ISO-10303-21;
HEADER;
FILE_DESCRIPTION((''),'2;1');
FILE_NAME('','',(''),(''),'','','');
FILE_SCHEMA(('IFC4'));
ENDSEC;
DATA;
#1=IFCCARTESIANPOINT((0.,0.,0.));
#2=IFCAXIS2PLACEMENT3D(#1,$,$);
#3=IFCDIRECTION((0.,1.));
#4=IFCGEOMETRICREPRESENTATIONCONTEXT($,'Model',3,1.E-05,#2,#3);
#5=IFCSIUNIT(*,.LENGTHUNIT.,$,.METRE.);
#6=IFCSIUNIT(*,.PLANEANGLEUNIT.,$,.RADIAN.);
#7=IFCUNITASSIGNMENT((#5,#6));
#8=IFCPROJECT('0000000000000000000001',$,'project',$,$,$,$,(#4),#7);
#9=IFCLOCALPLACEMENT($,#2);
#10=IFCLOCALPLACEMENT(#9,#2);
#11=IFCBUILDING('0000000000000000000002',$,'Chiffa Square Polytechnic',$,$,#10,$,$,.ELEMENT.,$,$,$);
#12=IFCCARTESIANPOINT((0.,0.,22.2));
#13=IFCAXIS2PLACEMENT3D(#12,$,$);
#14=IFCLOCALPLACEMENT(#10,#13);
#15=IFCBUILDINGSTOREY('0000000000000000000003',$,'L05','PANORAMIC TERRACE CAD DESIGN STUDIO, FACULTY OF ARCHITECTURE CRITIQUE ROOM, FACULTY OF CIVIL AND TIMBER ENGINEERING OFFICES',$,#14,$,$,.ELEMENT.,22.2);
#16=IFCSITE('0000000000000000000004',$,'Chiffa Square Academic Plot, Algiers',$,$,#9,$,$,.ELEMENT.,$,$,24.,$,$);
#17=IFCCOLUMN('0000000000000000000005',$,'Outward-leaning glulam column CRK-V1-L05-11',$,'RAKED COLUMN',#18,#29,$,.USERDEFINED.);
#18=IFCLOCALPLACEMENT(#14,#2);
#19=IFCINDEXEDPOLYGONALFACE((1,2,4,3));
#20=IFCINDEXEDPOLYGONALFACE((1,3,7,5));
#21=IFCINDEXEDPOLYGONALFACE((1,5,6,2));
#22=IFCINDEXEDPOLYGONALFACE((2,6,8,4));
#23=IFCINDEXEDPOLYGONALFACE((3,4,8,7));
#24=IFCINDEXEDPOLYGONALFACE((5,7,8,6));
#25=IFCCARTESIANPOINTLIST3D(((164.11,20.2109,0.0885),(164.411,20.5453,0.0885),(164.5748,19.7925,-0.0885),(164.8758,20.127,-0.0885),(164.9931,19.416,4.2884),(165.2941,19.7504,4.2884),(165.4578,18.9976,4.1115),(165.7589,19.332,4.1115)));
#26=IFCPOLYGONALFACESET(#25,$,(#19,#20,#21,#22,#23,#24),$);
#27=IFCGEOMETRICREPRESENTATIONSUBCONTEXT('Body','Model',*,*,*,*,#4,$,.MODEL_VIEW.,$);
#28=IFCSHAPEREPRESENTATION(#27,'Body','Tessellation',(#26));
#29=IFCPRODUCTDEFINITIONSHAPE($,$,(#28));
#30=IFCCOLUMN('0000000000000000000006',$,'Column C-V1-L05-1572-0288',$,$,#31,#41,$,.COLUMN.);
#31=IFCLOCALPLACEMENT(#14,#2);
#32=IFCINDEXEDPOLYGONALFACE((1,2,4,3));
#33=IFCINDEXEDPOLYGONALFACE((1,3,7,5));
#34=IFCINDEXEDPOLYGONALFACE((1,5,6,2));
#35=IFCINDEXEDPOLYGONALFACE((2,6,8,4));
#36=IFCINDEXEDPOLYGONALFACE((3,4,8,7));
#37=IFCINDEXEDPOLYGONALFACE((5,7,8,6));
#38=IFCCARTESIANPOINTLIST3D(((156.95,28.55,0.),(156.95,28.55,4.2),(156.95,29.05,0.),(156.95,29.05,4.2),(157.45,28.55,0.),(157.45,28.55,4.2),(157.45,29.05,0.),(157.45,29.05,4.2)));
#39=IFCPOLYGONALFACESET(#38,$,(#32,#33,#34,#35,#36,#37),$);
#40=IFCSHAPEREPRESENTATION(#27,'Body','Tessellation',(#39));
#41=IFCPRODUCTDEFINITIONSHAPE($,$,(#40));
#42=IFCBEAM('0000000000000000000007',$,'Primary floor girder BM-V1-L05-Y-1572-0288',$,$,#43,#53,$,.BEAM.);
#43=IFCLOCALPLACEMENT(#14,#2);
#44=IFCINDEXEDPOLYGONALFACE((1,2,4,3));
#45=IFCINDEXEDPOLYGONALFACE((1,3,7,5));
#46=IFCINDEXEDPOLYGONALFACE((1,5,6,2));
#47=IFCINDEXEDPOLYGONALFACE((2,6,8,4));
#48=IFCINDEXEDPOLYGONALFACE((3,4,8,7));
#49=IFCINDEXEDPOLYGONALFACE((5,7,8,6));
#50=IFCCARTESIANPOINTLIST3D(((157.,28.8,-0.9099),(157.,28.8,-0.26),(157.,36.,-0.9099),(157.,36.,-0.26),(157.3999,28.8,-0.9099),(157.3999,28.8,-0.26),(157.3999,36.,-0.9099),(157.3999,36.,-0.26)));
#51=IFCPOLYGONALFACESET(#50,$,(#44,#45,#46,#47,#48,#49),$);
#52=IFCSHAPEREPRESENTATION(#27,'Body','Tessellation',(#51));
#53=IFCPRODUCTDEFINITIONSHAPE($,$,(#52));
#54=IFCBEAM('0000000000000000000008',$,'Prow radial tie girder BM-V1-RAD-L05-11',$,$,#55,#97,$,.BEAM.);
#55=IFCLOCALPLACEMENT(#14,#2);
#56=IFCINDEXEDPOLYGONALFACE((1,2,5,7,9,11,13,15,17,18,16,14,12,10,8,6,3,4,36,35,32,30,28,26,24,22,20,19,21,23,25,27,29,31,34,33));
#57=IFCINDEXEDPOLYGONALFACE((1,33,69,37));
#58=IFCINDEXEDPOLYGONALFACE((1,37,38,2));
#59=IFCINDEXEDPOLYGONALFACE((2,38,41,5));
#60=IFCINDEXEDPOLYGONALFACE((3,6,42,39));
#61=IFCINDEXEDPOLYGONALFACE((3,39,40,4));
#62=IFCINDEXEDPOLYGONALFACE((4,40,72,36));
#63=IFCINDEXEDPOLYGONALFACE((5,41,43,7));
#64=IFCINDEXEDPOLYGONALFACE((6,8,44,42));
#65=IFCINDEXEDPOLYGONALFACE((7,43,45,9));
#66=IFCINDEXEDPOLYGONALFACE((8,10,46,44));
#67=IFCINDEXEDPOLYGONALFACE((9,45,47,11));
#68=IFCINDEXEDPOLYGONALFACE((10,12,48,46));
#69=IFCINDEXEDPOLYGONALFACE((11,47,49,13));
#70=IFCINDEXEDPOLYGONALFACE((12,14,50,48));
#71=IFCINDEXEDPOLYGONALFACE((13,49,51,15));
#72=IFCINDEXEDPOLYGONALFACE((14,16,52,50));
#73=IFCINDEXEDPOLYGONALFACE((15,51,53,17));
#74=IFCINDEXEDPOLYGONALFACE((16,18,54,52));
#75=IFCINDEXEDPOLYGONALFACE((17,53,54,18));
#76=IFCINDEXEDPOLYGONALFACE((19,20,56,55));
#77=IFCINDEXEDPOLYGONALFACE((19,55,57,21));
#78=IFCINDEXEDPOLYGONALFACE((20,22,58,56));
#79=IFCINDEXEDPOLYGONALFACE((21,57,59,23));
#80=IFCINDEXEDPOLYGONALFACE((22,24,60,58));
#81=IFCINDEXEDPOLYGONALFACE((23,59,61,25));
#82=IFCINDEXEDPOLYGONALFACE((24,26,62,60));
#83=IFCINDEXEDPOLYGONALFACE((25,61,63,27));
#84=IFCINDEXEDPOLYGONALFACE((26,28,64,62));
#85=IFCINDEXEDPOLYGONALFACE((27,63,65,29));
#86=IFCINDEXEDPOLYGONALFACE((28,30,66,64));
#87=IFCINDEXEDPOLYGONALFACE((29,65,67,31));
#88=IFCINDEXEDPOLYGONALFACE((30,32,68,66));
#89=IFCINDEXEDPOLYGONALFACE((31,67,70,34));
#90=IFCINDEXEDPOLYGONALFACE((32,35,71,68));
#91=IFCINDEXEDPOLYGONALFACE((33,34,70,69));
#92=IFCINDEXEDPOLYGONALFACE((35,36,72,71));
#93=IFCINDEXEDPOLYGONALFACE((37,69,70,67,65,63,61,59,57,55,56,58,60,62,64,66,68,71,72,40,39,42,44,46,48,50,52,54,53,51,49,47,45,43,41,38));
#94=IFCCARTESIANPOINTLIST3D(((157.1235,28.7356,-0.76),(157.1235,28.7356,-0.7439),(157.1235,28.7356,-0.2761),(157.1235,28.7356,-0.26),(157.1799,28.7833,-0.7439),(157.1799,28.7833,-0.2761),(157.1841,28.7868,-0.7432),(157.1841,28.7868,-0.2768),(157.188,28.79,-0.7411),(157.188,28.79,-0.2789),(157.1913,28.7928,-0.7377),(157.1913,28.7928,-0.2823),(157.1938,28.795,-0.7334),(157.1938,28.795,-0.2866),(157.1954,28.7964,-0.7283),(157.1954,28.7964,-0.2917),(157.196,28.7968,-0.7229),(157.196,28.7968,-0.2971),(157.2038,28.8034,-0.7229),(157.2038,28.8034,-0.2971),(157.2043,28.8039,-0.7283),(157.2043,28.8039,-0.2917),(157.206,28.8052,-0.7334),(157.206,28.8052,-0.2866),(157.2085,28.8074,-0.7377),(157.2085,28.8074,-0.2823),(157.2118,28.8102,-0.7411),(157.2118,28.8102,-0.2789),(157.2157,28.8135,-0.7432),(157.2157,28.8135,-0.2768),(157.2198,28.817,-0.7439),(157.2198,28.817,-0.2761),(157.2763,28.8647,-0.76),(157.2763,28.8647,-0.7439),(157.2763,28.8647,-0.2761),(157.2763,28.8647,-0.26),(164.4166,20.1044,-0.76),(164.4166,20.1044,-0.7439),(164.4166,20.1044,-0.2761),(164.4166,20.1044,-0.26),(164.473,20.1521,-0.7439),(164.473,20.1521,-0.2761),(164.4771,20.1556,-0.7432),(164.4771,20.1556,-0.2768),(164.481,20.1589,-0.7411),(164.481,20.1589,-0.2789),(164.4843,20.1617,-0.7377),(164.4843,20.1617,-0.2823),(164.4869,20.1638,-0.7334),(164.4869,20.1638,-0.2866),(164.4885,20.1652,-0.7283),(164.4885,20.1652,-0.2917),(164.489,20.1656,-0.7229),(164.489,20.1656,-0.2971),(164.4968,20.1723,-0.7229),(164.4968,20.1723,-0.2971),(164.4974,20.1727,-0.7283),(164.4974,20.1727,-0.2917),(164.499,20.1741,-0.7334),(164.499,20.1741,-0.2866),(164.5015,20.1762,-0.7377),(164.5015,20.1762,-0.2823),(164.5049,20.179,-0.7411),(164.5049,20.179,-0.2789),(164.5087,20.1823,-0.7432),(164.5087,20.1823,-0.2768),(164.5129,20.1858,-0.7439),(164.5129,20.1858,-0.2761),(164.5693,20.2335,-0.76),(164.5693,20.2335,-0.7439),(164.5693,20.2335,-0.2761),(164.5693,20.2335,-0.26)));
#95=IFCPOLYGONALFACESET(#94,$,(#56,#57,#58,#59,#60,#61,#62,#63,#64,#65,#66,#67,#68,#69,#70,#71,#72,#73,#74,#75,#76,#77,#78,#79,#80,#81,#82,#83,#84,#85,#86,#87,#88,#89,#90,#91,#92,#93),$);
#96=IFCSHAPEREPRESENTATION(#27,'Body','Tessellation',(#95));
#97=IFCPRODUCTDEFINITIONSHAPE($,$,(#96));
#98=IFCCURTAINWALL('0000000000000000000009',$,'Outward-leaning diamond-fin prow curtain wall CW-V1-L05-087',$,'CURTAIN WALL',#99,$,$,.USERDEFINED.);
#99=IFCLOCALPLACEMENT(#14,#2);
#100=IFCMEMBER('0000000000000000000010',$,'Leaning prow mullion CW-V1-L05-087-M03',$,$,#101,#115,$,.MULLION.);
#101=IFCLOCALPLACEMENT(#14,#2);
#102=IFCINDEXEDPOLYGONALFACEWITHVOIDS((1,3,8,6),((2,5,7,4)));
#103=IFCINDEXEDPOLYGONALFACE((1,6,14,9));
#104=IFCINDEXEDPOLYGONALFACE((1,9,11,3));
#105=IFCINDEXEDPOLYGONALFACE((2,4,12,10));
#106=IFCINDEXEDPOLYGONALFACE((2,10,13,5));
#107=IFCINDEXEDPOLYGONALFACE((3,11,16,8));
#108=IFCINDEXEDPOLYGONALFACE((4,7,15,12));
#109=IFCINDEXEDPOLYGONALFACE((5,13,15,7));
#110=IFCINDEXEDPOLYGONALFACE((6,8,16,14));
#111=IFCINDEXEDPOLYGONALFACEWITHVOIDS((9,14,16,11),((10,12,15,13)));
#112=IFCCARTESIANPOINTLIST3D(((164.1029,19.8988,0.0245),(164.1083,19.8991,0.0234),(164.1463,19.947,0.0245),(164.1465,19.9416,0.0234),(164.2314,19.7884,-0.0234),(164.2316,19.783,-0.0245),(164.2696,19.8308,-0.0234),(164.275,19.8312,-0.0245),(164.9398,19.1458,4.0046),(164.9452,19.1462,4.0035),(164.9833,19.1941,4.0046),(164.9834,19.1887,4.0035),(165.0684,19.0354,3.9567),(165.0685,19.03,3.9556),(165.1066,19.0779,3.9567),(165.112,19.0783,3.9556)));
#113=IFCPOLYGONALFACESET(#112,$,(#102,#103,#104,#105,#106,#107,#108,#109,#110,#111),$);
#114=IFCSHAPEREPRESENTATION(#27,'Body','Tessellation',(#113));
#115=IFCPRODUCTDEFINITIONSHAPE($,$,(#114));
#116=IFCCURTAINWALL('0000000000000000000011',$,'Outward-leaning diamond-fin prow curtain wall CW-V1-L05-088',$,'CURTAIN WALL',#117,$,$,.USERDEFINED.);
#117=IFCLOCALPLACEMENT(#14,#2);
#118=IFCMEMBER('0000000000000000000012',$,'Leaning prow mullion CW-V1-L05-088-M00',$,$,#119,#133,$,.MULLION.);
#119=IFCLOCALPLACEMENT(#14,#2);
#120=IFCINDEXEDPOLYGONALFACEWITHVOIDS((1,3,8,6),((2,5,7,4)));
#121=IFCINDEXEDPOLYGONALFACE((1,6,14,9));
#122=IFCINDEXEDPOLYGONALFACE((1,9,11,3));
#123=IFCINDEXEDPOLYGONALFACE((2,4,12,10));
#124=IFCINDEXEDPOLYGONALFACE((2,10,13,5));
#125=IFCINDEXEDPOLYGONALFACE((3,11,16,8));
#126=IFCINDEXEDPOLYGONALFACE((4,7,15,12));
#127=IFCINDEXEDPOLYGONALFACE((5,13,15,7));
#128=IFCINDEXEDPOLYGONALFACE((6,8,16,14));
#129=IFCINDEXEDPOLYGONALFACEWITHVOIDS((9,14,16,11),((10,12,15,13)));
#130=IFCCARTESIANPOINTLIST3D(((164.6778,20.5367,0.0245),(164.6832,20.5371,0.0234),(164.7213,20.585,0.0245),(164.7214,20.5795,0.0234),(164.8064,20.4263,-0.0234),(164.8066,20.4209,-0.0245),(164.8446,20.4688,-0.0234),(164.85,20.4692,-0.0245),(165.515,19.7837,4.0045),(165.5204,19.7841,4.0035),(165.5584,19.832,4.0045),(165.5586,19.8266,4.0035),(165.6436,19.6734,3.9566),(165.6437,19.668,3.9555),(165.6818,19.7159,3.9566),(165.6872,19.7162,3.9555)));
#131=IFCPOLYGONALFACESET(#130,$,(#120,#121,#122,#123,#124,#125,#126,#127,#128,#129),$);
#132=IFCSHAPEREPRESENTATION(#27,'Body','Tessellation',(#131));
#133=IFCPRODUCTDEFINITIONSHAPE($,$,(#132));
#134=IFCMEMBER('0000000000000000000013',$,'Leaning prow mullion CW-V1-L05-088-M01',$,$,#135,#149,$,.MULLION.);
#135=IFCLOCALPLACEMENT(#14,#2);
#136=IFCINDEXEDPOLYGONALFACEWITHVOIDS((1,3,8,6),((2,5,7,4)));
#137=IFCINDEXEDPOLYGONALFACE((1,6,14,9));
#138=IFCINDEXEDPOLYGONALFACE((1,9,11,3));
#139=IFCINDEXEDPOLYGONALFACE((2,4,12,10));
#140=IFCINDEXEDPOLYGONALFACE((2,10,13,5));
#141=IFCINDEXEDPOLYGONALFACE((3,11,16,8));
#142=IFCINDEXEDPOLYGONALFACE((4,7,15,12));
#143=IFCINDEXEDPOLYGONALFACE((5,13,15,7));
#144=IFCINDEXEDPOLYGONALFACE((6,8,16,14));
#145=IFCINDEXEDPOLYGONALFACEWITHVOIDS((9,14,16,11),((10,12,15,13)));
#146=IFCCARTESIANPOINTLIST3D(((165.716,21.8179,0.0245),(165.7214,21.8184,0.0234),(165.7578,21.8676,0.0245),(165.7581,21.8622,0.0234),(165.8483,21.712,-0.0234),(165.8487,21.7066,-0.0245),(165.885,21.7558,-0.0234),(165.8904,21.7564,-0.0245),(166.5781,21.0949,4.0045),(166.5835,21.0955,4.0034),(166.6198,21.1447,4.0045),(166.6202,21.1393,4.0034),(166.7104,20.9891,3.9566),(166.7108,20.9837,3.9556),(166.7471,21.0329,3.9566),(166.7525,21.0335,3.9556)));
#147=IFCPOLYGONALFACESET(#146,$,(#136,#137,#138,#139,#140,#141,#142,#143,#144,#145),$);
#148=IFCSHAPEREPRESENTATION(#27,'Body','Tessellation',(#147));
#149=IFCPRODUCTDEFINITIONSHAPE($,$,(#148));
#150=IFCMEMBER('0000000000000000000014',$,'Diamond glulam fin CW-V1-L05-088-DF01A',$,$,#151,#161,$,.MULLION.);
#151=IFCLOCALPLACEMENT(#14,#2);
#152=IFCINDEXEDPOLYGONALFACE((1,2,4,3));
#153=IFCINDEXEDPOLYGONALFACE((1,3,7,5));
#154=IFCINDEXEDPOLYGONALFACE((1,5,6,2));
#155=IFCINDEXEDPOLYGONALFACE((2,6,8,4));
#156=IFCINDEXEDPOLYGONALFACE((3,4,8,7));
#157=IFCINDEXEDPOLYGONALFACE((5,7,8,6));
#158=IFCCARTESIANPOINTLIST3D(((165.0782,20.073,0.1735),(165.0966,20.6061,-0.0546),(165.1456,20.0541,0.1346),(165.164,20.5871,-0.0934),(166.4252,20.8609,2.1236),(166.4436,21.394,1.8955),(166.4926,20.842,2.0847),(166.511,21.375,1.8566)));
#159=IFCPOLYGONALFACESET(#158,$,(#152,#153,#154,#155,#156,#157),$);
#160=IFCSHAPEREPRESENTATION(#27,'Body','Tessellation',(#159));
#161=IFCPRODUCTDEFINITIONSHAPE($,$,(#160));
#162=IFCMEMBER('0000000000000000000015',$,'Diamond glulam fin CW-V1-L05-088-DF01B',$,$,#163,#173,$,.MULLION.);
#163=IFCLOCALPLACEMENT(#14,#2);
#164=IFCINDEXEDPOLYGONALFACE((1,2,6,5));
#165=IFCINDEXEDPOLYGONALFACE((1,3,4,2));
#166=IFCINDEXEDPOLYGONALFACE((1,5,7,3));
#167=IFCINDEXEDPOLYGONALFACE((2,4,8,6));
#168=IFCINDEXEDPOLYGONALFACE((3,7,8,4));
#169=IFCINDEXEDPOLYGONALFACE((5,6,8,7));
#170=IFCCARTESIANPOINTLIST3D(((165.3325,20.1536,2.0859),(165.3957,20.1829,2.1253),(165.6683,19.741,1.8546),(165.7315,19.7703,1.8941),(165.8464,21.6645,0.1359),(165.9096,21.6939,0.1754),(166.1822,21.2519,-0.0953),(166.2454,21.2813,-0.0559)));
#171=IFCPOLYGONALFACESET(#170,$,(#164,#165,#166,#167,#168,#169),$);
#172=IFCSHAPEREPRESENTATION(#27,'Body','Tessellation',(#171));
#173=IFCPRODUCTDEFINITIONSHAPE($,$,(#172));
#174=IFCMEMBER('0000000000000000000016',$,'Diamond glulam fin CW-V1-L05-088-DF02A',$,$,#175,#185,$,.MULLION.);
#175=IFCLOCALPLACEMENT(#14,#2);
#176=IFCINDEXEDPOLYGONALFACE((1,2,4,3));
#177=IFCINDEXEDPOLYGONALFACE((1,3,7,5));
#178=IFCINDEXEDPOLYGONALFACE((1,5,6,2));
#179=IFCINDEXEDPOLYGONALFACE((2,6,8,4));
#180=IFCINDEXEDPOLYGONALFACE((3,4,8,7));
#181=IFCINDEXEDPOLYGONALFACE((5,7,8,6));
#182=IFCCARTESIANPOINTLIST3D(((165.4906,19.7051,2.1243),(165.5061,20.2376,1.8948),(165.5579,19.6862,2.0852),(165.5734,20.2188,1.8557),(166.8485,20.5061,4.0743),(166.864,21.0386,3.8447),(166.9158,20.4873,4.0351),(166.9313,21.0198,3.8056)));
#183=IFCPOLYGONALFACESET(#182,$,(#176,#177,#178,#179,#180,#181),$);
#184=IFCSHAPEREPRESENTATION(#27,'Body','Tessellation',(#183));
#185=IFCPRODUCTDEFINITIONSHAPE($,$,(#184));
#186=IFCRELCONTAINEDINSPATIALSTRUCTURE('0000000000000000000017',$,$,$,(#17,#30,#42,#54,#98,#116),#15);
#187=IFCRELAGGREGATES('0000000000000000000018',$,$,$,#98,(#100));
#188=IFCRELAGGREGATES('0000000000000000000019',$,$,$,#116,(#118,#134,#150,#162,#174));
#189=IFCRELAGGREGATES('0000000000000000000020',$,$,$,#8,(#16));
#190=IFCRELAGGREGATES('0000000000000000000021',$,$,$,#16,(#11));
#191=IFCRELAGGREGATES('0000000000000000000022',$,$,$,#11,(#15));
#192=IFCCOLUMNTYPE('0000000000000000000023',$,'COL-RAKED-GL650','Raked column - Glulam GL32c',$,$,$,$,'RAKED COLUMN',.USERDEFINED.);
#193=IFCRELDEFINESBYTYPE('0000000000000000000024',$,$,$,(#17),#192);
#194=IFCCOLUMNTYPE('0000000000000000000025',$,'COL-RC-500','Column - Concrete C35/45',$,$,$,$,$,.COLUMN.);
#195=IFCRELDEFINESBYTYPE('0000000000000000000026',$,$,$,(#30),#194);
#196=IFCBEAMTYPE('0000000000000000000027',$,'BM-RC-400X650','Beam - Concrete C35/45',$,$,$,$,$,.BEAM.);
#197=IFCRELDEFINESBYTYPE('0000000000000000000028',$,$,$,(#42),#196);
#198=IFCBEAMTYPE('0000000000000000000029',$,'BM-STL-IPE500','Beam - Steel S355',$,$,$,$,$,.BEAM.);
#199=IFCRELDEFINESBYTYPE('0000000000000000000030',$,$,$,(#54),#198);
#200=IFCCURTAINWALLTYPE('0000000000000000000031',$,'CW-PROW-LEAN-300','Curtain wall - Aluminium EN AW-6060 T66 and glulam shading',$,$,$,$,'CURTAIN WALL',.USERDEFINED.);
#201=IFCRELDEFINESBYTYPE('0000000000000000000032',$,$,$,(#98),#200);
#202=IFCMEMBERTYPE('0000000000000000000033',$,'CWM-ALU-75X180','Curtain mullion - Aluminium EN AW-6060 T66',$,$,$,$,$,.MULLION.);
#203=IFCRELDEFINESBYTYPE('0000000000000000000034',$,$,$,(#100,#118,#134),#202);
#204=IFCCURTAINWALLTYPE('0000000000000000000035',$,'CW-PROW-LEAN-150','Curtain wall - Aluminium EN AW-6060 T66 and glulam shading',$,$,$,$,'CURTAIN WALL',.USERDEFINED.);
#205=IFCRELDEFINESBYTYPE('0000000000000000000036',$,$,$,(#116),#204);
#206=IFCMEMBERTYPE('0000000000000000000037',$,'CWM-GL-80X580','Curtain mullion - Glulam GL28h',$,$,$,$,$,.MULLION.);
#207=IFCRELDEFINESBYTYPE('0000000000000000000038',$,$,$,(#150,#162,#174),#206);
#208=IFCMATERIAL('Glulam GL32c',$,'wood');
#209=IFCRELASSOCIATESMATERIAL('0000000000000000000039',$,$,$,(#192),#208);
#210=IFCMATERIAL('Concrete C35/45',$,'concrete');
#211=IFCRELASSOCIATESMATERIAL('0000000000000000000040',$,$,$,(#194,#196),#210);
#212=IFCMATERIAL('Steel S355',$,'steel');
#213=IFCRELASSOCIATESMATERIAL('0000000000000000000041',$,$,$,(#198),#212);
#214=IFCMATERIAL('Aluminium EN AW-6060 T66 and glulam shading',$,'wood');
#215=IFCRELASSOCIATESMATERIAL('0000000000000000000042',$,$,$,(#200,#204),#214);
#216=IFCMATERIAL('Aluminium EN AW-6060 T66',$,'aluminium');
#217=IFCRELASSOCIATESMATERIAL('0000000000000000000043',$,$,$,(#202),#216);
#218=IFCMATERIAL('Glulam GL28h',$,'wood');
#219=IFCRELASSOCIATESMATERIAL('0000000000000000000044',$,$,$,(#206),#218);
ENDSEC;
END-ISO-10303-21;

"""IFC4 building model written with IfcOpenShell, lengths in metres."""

from ifc_helpers import new_model, si_unit, direction, frame, origin, origin_2d, place, context, subcontext, project, spatial, rectangle, hollow_rectangle, i_section, extrude, material, material_profile, profile_set, type_object, element, aggregate, save


model = new_model("IFC4")

# Units and contexts
model_context = context("Model", 3, precision=1e-05, world=origin(), true_north=direction((0.0, 1.0)))
body_context = subcontext(model_context, "Body", "Model", "MODEL_VIEW")
ifc_project = project(units=[si_unit("LENGTHUNIT", "METRE"), si_unit("PLANEANGLEUNIT", "RADIAN")], contexts=[model_context])

# Site, building, storey
site_placement = place(None, origin())
site = spatial("IfcSite", under=ifc_project, at=site_placement, Name="Chiffa Square Academic Plot, Algiers", CompositionType="ELEMENT", RefElevation=24.0)
building_placement = place(site_placement, origin())
building = spatial("IfcBuilding", under=site, at=building_placement, Name="Chiffa Square Polytechnic", CompositionType="ELEMENT")
storey_placement = place(building_placement, frame((0.0, 0.0, 22.2)))
storey = spatial("IfcBuildingStorey", under=building, at=storey_placement, Name="L05", Description="PANORAMIC TERRACE CAD DESIGN STUDIO, FACULTY OF ARCHITECTURE CRITIQUE ROOM, FACULTY OF CIVIL AND TIMBER ENGINEERING OFFICES", CompositionType="ELEMENT", Elevation=22.2)

# Columns
ifc_material_1 = material(Name="Glulam GL32c", Category="wood")
ifc_material_profile_1 = material_profile(ifc_material_1, rectangle(XDim=0.45, YDim=0.6499, at=origin_2d()), Name="GL32c 450x650")
ifc_profile_set_1 = profile_set([ifc_material_profile_1], Name="Glulam GL32c")
column_type_1 = type_object("IfcColumnType", Name="COL-RAKED-GL650", Description="Raked column - Glulam GL32c", ElementType="RAKED COLUMN", PredefinedType="USERDEFINED", material=ifc_profile_set_1)
column_1_placement = place(storey_placement, frame((164.4929, 20.1689, 0.0), z_axis=(0.202314, -0.182122, 0.962237), x_axis=(0.669044, 0.743223, 0.0)))
element("IfcColumn", 1, at=column_1_placement, inside=storey, type_object=column_type_1, Name="Outward-leaning glulam column CRK-V1-L05-11", ObjectType="RAKED COLUMN", PredefinedType="USERDEFINED", context=body_context, shape_type="SweptSolid", body=[
    extrude(rectangle(XDim=0.45, YDim=0.6499, at=origin_2d()), origin(), (0.0, 0.0, 1.0), 4.3647),
])
ifc_material_2 = material(Name="Concrete C35/45", Category="concrete")
ifc_material_profile_2 = material_profile(ifc_material_2, rectangle(XDim=0.5, YDim=0.5, at=origin_2d()), Name="RC 500x500")
ifc_profile_set_2 = profile_set([ifc_material_profile_2], Name="Concrete C35/45")
column_type_2 = type_object("IfcColumnType", Name="COL-RC-500", Description="Column - Concrete C35/45", PredefinedType="COLUMN", material=ifc_profile_set_2)
column_2_placement = place(storey_placement, frame((157.2, 28.8, 0.0), z_axis=(0.0, 0.0, 1.0), x_axis=(1.0, 0.0, 0.0)))
element("IfcColumn", 2, at=column_2_placement, inside=storey, type_object=column_type_2, Name="Column C-V1-L05-1572-0288", PredefinedType="COLUMN", context=body_context, shape_type="SweptSolid", body=[
    extrude(rectangle(XDim=0.5, YDim=0.5, at=origin_2d()), origin(), (0.0, 0.0, 1.0), 4.2),
])

# Beams
ifc_material_profile_3 = material_profile(ifc_material_2, rectangle(XDim=0.3999, YDim=0.6499, at=origin_2d()), Name="RC 400x650")
ifc_profile_set_3 = profile_set([ifc_material_profile_3], Name="Concrete C35/45")
beam_type_1 = type_object("IfcBeamType", Name="BM-RC-400X650", Description="Beam - Concrete C35/45", PredefinedType="BEAM", material=ifc_profile_set_3)
beam_1_placement = place(storey_placement, frame((157.2, 28.8, -0.585), z_axis=(0.0, 1.0, 0.0), x_axis=(-1.0, 0.0, 0.0)))
element("IfcBeam", 3, at=beam_1_placement, inside=storey, type_object=beam_type_1, Name="Primary floor girder BM-V1-L05-Y-1572-0288", PredefinedType="BEAM", context=body_context, shape_type="SweptSolid", body=[
    extrude(rectangle(XDim=0.3999, YDim=0.6499, at=origin_2d()), origin(), (0.0, 0.0, 1.0), 7.2),
])
ifc_material_3 = material(Name="Steel S355", Category="steel")
ifc_material_profile_4 = material_profile(ifc_material_3, i_section(OverallWidth=0.2, OverallDepth=0.5, WebThickness=0.0103, FlangeThickness=0.0161, FilletRadius=0.021, at=origin_2d()), Name="IPE 500")
ifc_profile_set_4 = profile_set([ifc_material_profile_4], Name="Steel S355")
beam_type_2 = type_object("IfcBeamType", Name="BM-STL-IPE500", Description="Beam - Steel S355", PredefinedType="BEAM", material=ifc_profile_set_4)
beam_2_placement = place(storey_placement, frame((164.4929, 20.1689, -0.51), z_axis=(-0.645412, 0.763834, 0.0), x_axis=(-0.763834, -0.645412, 0.0)))
element("IfcBeam", 4, at=beam_2_placement, inside=storey, type_object=beam_type_2, Name="Prow radial tie girder BM-V1-RAD-L05-11", PredefinedType="BEAM", context=body_context, shape_type="SweptSolid", body=[
    extrude(i_section(OverallWidth=0.2, OverallDepth=0.5, WebThickness=0.0103, FlangeThickness=0.0161, FilletRadius=0.021, at=origin_2d()), origin(), (0.0, 0.0, 1.0), 11.2998),
])

# Curtain wall, member
ifc_material_4 = material(Name="Aluminium EN AW-6060 T66 and glulam shading", Category="wood")
curtain_wall_type_1 = type_object("IfcCurtainWallType", Name="CW-PROW-LEAN-300", Description="Curtain wall - Aluminium EN AW-6060 T66 and glulam shading", ElementType="CURTAIN WALL", PredefinedType="USERDEFINED", material=ifc_material_4)
curtain_wall_1_placement = place(storey_placement, origin())
curtain_wall_1 = element("IfcCurtainWall", 5, at=curtain_wall_1_placement, inside=storey, type_object=curtain_wall_type_1, Name="Outward-leaning diamond-fin prow curtain wall CW-V1-L05-087", ObjectType="CURTAIN WALL", PredefinedType="USERDEFINED")
ifc_material_5 = material(Name="Aluminium EN AW-6060 T66", Category="aluminium")
ifc_material_profile_5 = material_profile(ifc_material_5, hollow_rectangle(XDim=0.0649, YDim=0.1799, WallThickness=0.0039, at=origin_2d()), Name="ALU 65x180x4")
ifc_profile_set_5 = profile_set([ifc_material_profile_5], Name="Aluminium EN AW-6060 T66")
member_type_1 = type_object("IfcMemberType", Name="CWM-ALU-75X180", Description="Curtain mullion - Aluminium EN AW-6060 T66", PredefinedType="MULLION", material=ifc_profile_set_5)
member_1_placement = place(storey_placement, frame((164.189, 19.865, 0.0), z_axis=(0.202342, -0.182037, 0.962247), x_axis=(0.668821, 0.743424, 0.0)))
member_1 = element("IfcMember", 6, at=member_1_placement, type_object=member_type_1, Name="Leaning prow mullion CW-V1-L05-087-M03", PredefinedType="MULLION", context=body_context, shape_type="SweptSolid", body=[
    extrude(hollow_rectangle(XDim=0.0649, YDim=0.1799, WallThickness=0.0039, at=origin_2d()), origin(), (0.0, 0.0, 1.0), 4.1362),
])
aggregate(curtain_wall_1, [member_1])

# Curtain wall, members
curtain_wall_type_2 = type_object("IfcCurtainWallType", Name="CW-PROW-LEAN-150", Description="Curtain wall - Aluminium EN AW-6060 T66 and glulam shading", ElementType="CURTAIN WALL", PredefinedType="USERDEFINED", material=ifc_material_4)
curtain_wall_2_placement = place(storey_placement, origin())
curtain_wall_2 = element("IfcCurtainWall", 7, at=curtain_wall_2_placement, inside=storey, type_object=curtain_wall_type_2, Name="Outward-leaning diamond-fin prow curtain wall CW-V1-L05-088", ObjectType="CURTAIN WALL", PredefinedType="USERDEFINED")
member_2_placement = place(storey_placement, frame((164.7639, 20.5029, 0.0), z_axis=(0.202399, -0.182035, 0.962236), x_axis=(0.668713, 0.743521, 0.0)))
member_2 = element("IfcMember", 8, at=member_2_placement, type_object=member_type_1, Name="Leaning prow mullion CW-V1-L05-088-M00", PredefinedType="MULLION", context=body_context, shape_type="SweptSolid", body=[
    extrude(hollow_rectangle(XDim=0.0649, YDim=0.1799, WallThickness=0.0039, at=origin_2d()), origin(), (0.0, 0.0, 1.0), 4.1362),
])
member_3_placement = place(storey_placement, frame((165.8032, 21.7871, 0.0), z_axis=(0.208432, -0.174785, 0.962292), x_axis=(0.642551, 0.766243, 0.0)))
member_3 = element("IfcMember", 9, at=member_3_placement, type_object=member_type_1, Name="Leaning prow mullion CW-V1-L05-088-M01", PredefinedType="MULLION", context=body_context, shape_type="SweptSolid", body=[
    extrude(hollow_rectangle(XDim=0.0649, YDim=0.1799, WallThickness=0.0039, at=origin_2d()), origin(), (0.0, 0.0, 1.0), 4.136),
])
ifc_material_6 = material(Name="Glulam GL28h", Category="wood")
ifc_material_profile_6 = material_profile(ifc_material_6, rectangle(XDim=0.0801, YDim=0.5801, at=origin_2d()), Name="GL28h 80x580")
ifc_profile_set_6 = profile_set([ifc_material_profile_6], Name="Glulam GL28h")
member_type_2 = type_object("IfcMemberType", Name="CWM-GL-80X580", Description="Curtain mullion - Glulam GL28h", PredefinedType="MULLION", material=ifc_profile_set_6)
member_4_placement = place(storey_placement, frame((165.1211, 20.3301, 0.04), z_axis=(0.539322, 0.31546, 0.78078), x_axis=(-0.841501, 0.23686, 0.485566)))
member_4 = element("IfcMember", 10, at=member_4_placement, type_object=member_type_2, Name="Diamond glulam fin CW-V1-L05-088-DF01A", PredefinedType="MULLION", context=body_context, shape_type="SweptSolid", body=[
    extrude(rectangle(XDim=0.0801, YDim=0.5801, at=origin_2d()), origin(), (0.0, 0.0, 1.0), 2.4976),
])
member_5_placement = place(storey_placement, frame((166.0459, 21.4729, 0.04), z_axis=(-0.203949, -0.59964, 0.773845), x_axis=(0.789452, 0.366716, 0.492225)))
member_5 = element("IfcMember", 11, at=member_5_placement, type_object=member_type_2, Name="Diamond glulam fin CW-V1-L05-088-DF01B", PredefinedType="MULLION", context=body_context, shape_type="SweptSolid", body=[
    extrude(rectangle(XDim=0.0801, YDim=0.5801, at=origin_2d()), origin(), (0.0, 0.0, 1.0), 2.5198),
])
member_6_placement = place(storey_placement, frame((165.532, 19.9619, 1.99), z_axis=(0.541526, 0.319444, 0.777628), x_axis=(-0.840262, 0.234989, 0.488611)))
member_6 = element("IfcMember", 12, at=member_6_placement, type_object=member_type_2, Name="Diamond glulam fin CW-V1-L05-088-DF02A", PredefinedType="MULLION", context=body_context, shape_type="SweptSolid", body=[
    extrude(rectangle(XDim=0.0801, YDim=0.5801, at=origin_2d()), origin(), (0.0, 0.0, 1.0), 2.5076),
])

aggregate(curtain_wall_2, [member_2, member_3, member_4, member_5, member_6])

save(model, "model.ifc")
